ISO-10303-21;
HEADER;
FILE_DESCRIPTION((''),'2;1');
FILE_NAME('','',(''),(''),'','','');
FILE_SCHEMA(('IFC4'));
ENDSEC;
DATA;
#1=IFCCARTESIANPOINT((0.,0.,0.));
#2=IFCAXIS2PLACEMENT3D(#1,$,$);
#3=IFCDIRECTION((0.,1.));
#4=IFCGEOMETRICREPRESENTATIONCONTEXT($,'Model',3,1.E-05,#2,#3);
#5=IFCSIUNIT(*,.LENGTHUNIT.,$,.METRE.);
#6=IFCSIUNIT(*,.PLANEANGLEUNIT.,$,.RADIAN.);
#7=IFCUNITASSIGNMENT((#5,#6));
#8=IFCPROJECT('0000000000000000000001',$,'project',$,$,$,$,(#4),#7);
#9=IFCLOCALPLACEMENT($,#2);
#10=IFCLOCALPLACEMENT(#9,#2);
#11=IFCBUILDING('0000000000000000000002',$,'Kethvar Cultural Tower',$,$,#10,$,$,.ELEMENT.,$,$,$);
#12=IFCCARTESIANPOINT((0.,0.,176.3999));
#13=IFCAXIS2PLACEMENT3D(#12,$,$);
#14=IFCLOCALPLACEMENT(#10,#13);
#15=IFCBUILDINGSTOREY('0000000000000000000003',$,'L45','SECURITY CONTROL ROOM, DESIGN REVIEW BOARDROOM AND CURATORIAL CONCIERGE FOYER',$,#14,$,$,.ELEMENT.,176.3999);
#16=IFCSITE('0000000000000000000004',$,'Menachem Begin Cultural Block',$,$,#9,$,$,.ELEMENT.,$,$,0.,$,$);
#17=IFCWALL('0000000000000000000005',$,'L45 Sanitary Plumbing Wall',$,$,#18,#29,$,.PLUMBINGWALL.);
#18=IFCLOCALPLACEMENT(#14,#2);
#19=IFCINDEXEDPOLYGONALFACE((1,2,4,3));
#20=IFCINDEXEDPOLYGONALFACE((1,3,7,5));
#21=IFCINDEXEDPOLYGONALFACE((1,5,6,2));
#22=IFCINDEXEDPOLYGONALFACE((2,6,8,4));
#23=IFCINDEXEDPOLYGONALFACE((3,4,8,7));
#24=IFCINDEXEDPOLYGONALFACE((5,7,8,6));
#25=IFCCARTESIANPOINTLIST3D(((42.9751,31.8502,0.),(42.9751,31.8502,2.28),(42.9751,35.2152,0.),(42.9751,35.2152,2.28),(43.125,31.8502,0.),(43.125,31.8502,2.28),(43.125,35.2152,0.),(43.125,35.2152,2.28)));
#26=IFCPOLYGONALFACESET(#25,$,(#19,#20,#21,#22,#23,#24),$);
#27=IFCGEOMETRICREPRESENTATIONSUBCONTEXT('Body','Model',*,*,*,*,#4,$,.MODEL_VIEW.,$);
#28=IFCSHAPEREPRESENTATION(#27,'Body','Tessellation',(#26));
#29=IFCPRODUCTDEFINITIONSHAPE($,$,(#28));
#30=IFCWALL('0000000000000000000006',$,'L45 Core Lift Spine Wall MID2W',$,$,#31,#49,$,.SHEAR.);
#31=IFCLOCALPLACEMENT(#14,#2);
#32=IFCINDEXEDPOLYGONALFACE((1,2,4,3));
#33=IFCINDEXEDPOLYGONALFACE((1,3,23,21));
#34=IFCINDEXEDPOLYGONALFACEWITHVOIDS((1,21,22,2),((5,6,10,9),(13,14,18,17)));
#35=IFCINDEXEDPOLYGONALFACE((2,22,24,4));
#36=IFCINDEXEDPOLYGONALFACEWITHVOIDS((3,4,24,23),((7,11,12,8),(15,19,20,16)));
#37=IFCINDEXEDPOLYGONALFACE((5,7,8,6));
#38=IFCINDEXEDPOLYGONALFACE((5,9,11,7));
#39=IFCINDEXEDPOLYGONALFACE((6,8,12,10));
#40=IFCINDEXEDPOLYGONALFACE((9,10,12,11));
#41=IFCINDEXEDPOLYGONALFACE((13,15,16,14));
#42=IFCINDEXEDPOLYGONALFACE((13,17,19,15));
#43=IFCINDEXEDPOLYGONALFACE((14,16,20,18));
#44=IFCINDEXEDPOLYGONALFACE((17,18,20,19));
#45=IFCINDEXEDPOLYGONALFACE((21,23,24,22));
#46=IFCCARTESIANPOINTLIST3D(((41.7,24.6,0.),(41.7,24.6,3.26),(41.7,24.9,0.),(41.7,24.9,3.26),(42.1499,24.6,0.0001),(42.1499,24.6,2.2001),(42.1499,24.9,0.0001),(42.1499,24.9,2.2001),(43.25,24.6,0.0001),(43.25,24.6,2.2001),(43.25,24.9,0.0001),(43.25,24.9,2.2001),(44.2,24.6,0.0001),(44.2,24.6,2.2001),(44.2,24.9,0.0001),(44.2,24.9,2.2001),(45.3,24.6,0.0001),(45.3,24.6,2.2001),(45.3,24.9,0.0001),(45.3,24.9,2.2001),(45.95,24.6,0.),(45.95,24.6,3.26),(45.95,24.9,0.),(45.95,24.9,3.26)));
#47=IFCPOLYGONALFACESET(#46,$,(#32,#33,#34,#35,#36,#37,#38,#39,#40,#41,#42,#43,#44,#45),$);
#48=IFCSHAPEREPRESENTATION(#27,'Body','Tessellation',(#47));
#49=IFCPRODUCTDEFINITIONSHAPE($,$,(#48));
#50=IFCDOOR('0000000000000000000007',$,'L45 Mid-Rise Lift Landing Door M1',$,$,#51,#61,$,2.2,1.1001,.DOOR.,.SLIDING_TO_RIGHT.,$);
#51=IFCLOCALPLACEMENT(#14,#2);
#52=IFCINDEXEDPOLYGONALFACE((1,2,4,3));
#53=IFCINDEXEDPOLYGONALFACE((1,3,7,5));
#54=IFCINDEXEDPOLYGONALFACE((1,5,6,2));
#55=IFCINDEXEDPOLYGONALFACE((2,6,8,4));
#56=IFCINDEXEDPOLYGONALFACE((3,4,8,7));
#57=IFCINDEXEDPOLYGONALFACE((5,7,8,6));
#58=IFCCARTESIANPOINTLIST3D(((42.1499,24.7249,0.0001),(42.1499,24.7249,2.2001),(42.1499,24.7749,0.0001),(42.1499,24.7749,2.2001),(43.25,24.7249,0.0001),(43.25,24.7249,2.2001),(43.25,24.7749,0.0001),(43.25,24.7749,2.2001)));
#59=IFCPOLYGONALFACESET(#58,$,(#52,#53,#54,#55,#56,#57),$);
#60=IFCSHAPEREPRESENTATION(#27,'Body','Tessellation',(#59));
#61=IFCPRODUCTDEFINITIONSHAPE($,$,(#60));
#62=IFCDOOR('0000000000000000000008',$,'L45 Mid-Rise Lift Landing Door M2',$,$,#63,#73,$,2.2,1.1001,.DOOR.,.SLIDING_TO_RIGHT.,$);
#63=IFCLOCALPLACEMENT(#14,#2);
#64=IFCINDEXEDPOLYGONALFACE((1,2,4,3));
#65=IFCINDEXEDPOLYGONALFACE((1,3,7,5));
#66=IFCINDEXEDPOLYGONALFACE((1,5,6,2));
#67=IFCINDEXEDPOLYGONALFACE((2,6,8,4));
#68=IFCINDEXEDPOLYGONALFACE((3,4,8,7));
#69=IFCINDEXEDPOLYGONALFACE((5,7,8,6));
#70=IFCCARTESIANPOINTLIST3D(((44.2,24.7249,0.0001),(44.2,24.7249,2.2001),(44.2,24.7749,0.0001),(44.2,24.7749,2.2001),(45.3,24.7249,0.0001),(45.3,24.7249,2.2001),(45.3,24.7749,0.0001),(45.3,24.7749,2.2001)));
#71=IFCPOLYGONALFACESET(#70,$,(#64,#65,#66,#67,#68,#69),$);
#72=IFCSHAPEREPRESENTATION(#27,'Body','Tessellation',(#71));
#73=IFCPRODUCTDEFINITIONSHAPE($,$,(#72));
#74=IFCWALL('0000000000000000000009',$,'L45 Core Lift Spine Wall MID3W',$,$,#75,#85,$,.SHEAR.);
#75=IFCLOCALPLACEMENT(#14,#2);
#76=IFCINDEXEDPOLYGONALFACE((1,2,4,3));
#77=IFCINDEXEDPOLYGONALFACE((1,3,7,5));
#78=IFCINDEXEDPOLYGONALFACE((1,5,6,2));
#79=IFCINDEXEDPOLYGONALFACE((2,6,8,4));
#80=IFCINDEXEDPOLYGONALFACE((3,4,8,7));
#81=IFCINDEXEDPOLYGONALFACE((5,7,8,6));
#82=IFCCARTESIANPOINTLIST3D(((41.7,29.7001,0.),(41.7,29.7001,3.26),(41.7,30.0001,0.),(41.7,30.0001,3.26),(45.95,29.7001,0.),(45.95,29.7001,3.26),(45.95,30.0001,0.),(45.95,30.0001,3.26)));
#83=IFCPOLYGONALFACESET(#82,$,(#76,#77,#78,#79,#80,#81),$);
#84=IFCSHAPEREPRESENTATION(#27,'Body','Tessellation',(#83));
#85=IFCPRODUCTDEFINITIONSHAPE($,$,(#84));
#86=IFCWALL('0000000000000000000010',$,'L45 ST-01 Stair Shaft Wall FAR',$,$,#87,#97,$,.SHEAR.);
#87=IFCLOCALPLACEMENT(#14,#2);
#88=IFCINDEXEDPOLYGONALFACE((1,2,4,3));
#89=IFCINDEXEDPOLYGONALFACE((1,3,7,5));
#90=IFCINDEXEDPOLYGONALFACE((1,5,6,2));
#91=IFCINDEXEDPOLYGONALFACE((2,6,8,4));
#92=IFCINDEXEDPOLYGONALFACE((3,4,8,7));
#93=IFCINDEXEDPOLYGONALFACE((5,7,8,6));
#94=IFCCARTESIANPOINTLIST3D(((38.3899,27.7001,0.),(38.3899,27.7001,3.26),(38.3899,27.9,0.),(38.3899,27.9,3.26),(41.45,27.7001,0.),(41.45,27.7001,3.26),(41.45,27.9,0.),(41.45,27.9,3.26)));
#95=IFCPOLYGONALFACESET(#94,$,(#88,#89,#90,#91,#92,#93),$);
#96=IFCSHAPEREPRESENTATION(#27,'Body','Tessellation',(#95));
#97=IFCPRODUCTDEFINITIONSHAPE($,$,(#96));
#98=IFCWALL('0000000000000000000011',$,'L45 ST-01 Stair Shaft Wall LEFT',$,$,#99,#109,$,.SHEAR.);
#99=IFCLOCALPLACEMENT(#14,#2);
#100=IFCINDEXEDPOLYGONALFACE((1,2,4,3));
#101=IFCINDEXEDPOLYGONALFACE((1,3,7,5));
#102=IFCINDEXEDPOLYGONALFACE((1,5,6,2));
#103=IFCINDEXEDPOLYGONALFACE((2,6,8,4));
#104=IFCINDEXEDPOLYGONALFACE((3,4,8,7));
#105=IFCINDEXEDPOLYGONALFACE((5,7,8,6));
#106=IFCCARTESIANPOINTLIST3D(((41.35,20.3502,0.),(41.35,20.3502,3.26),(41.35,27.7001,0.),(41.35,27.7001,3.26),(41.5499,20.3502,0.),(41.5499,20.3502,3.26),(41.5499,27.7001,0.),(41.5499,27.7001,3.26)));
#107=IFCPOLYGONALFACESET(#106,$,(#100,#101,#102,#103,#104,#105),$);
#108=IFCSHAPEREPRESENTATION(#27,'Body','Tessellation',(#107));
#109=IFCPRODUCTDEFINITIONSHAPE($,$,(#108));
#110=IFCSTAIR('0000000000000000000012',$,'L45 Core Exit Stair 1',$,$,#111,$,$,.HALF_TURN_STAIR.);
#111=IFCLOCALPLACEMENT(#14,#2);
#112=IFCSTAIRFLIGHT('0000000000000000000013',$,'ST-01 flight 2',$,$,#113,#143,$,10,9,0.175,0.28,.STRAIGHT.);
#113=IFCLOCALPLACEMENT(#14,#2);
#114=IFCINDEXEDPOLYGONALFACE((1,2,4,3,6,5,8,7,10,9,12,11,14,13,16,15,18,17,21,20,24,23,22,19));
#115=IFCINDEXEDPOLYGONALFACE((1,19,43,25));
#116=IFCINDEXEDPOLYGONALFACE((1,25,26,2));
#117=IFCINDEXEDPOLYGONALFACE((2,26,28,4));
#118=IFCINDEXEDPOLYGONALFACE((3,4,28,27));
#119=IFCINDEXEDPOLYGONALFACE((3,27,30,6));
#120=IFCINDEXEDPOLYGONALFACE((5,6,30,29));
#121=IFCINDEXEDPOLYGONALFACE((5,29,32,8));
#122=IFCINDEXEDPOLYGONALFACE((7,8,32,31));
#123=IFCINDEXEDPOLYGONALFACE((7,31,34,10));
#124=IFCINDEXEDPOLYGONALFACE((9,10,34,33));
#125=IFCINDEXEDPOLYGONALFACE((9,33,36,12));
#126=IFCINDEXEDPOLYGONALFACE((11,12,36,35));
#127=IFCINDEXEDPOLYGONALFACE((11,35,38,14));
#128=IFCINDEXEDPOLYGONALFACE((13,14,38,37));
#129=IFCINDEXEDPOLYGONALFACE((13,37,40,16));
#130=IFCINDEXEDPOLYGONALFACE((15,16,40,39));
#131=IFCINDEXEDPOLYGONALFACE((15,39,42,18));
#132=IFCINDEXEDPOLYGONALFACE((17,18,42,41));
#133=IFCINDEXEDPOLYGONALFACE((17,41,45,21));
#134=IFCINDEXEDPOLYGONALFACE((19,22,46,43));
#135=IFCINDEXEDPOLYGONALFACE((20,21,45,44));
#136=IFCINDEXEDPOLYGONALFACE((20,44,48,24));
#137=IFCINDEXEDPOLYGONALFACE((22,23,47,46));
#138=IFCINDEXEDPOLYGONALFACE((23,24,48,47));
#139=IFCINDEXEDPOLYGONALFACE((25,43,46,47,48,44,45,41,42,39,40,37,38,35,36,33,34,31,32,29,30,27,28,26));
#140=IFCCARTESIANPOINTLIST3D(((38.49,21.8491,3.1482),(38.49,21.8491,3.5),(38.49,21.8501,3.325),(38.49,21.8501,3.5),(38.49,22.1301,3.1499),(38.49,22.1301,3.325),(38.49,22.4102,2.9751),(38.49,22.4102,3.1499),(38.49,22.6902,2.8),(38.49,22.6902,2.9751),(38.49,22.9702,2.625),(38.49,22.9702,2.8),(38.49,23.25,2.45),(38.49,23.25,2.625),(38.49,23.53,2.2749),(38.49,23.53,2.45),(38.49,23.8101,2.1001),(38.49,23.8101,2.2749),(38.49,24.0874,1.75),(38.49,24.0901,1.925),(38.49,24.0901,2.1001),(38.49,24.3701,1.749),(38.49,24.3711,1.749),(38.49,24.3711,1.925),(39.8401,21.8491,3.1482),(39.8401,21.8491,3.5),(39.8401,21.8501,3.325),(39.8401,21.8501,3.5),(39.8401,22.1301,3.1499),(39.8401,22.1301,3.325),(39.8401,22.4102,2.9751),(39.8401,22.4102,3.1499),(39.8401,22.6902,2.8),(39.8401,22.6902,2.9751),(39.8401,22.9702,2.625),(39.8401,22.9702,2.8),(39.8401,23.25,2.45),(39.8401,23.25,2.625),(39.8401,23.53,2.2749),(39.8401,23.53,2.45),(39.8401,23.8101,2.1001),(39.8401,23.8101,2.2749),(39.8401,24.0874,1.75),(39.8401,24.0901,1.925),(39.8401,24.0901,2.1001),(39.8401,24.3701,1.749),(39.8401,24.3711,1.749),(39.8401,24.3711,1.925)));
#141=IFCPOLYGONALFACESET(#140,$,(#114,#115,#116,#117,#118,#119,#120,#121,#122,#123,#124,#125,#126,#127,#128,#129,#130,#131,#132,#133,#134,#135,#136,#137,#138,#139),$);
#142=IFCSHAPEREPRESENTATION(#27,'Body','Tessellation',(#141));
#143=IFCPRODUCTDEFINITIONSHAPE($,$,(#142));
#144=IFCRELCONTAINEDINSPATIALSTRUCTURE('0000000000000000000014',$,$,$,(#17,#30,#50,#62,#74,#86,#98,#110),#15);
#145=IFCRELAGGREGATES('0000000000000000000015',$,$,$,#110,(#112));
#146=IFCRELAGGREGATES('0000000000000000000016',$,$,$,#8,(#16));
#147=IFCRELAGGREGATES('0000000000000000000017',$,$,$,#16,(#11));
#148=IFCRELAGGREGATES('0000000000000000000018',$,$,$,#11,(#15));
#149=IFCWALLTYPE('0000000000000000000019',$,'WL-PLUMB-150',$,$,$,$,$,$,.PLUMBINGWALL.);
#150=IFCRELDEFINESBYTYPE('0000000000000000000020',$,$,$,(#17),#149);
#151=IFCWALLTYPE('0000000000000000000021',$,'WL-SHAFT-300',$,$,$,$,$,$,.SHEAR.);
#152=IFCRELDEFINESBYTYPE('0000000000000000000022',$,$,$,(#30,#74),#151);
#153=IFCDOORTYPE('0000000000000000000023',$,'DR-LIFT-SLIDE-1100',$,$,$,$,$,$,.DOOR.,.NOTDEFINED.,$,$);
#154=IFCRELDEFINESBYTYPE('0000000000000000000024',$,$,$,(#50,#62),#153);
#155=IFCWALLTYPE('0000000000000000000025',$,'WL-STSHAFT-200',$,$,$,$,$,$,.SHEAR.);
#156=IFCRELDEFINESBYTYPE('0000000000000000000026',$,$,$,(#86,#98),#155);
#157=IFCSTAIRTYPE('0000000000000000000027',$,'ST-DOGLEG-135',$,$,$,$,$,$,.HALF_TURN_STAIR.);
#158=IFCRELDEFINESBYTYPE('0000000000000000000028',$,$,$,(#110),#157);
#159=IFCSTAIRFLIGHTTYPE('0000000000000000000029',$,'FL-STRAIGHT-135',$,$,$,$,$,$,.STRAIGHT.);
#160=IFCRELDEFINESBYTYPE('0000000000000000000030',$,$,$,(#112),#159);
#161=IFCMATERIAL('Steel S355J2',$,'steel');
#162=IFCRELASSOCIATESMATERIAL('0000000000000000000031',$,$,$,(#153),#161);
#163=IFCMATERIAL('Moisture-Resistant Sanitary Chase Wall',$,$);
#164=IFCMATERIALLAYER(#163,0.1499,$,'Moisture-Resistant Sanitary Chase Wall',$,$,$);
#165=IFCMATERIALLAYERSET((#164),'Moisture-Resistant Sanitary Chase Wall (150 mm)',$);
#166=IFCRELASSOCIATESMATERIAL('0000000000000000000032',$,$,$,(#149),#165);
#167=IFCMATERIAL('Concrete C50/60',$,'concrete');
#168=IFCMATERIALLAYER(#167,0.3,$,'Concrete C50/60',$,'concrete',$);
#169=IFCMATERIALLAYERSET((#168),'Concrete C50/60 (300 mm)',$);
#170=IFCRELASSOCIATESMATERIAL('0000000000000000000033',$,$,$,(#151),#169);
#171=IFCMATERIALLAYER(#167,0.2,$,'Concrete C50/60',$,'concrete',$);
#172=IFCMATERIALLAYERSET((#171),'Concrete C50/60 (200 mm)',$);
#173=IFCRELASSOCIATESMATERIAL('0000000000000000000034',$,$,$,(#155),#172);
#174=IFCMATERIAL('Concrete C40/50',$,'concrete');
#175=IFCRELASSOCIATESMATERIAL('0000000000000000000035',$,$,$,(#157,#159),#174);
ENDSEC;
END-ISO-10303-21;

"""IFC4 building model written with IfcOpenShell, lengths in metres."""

from ifc_helpers import new_model, si_unit, direction, frame, frame_2d, origin, place, context, subcontext, project, spatial, polyline, rectangle, outline, extrude, source, transform, mapped, material, layer, layer_set, type_object, element, fill, aggregate, save


model = new_model("IFC4")

# Units and contexts
model_context = context("Model", 3, precision=1e-05, world=origin(), true_north=direction((0.0, 1.0)))
body_context = subcontext(model_context, "Body", "Model", "MODEL_VIEW")
ifc_project = project(units=[si_unit("LENGTHUNIT", "METRE"), si_unit("PLANEANGLEUNIT", "RADIAN")], contexts=[model_context])

# Site, building, storey
site_placement = place(None, origin())
site = spatial("IfcSite", under=ifc_project, at=site_placement, Name="Menachem Begin Cultural Block", CompositionType="ELEMENT", RefElevation=0.0)
building_placement = place(site_placement, origin())
building = spatial("IfcBuilding", under=site, at=building_placement, Name="Kethvar Cultural Tower", CompositionType="ELEMENT")
storey_placement = place(building_placement, frame((0.0, 0.0, 176.3999)))
storey = spatial("IfcBuildingStorey", under=building, at=storey_placement, Name="L45", Description="SECURITY CONTROL ROOM, DESIGN REVIEW BOARDROOM AND CURATORIAL CONCIERGE FOYER", CompositionType="ELEMENT", Elevation=176.3999)

# Shared definitions
ifc_material_1 = material(Name="Steel S355J2", Category="steel")

# Shared definitions
door_type = type_object("IfcDoorType", Name="DR-LIFT-SLIDE-1100", OperationType="NOTDEFINED", PredefinedType="DOOR", material=ifc_material_1)
shared_shape_1 = source(origin(), body_context, "Body", "SweptSolid", [
    extrude(rectangle(XDim=1.1001, YDim=2.2, at=frame_2d((0.55, 1.1001))), frame((0.0, 0.0249, 0.0), z_axis=(0.0, -1.0, 0.0), x_axis=(1.0, 0.0, 0.0)), (0.0, 0.0, 1.0), 0.05),
])

# Wall
ifc_material_2 = material(Name="Concrete C40/50", Category="concrete")
ifc_material_3 = material(Name="Moisture-Resistant Sanitary Chase Wall")
ifc_layer_1 = layer(ifc_material_3, 0.1499, Name="Moisture-Resistant Sanitary Chase Wall")
ifc_layer_set_1 = layer_set([ifc_layer_1], Name="Moisture-Resistant Sanitary Chase Wall (150 mm)")
wall_type_1 = type_object("IfcWallType", Name="WL-PLUMB-150", PredefinedType="PLUMBINGWALL", material=ifc_layer_set_1)
wall_1_placement = place(storey_placement, frame((43.05, 31.8501, 0.0), z_axis=(0.0, 0.0, 1.0), x_axis=(0.0, 1.0, 0.0)))
element("IfcWall", 1, at=wall_1_placement, inside=storey, type_object=wall_type_1, Name="L45 Sanitary Plumbing Wall", PredefinedType="PLUMBINGWALL", context=body_context, shape_type="SweptSolid", body=[
    extrude(rectangle(XDim=3.365, YDim=0.1499, at=frame_2d((1.6826, 0.0))), origin(), (0.0, 0.0, 1.0), 2.28),
])

# Wall, openings, doors
ifc_material_4 = material(Name="Concrete C50/60", Category="concrete")
ifc_layer_2 = layer(ifc_material_4, 0.3, Name="Concrete C50/60", Category="concrete")
ifc_layer_set_2 = layer_set([ifc_layer_2], Name="Concrete C50/60 (300 mm)")
wall_type_2 = type_object("IfcWallType", Name="WL-SHAFT-300", PredefinedType="SHEAR", material=ifc_layer_set_2)
wall_2_placement = place(storey_placement, frame((41.7, 24.75, 0.0), z_axis=(0.0, 0.0, 1.0), x_axis=(1.0, 0.0, 0.0)))
wall_2 = element("IfcWall", 2, at=wall_2_placement, inside=storey, type_object=wall_type_2, Name="L45 Core Lift Spine Wall MID2W", PredefinedType="SHEAR", context=body_context, shape_type="SweptSolid", body=[
    extrude(rectangle(XDim=4.25, YDim=0.3, at=frame_2d((2.125, 0.0))), origin(), (0.0, 0.0, 1.0), 3.26),
])
opening_1_placement = place(wall_2_placement, frame((0.45, 0.0, 0.0)))
opening_1 = element("IfcOpeningElement", 3, at=opening_1_placement, cuts=wall_2, PredefinedType="OPENING", context=body_context, shape_type="SweptSolid", body=[
    extrude(rectangle(XDim=1.1001, YDim=2.2, at=frame_2d((0.55, 1.1001))), frame((0.0, 0.1599, 0.0), z_axis=(0.0, -1.0, 0.0), x_axis=(1.0, 0.0, 0.0)), (0.0, 0.0, 1.0), 0.3201),
])
opening_2_placement = place(wall_2_placement, frame((2.5, 0.0, 0.0)))
opening_2 = element("IfcOpeningElement", 4, at=opening_2_placement, cuts=wall_2, PredefinedType="OPENING", context=body_context, shape_type="SweptSolid", body=[
    extrude(rectangle(XDim=1.1001, YDim=2.2, at=frame_2d((0.55, 1.1001))), frame((0.0, 0.1599, 0.0), z_axis=(0.0, -1.0, 0.0), x_axis=(1.0, 0.0, 0.0)), (0.0, 0.0, 1.0), 0.3201),
])
door_1_placement = place(opening_1_placement, origin())
door_1 = element("IfcDoor", 5, at=door_1_placement, inside=storey, type_object=door_type, Name="L45 Mid-Rise Lift Landing Door M1", OperationType="SLIDING_TO_RIGHT", OverallHeight=2.2, OverallWidth=1.1001, PredefinedType="DOOR", context=body_context, shape_type="MappedRepresentation", body=[
    mapped(shared_shape_1, transform((0.0, 0.0, 0.0), scale=1.0)),
])
fill(opening_1, door_1)
door_2_placement = place(opening_2_placement, origin())
door_2 = element("IfcDoor", 6, at=door_2_placement, inside=storey, type_object=door_type, Name="L45 Mid-Rise Lift Landing Door M2", OperationType="SLIDING_TO_RIGHT", OverallHeight=2.2, OverallWidth=1.1001, PredefinedType="DOOR", context=body_context, shape_type="MappedRepresentation", body=[
    mapped(shared_shape_1, transform((0.0, 0.0, 0.0), scale=1.0)),
])
fill(opening_2, door_2)

# Walls
wall_3_placement = place(storey_placement, frame((41.7, 29.8501, 0.0), z_axis=(0.0, 0.0, 1.0), x_axis=(1.0, 0.0, 0.0)))
element("IfcWall", 7, at=wall_3_placement, inside=storey, type_object=wall_type_2, Name="L45 Core Lift Spine Wall MID3W", PredefinedType="SHEAR", context=body_context, shape_type="SweptSolid", body=[
    extrude(rectangle(XDim=4.25, YDim=0.3, at=frame_2d((2.125, 0.0))), origin(), (0.0, 0.0, 1.0), 3.26),
])
ifc_layer_3 = layer(ifc_material_4, 0.2, Name="Concrete C50/60", Category="concrete")
ifc_layer_set_3 = layer_set([ifc_layer_3], Name="Concrete C50/60 (200 mm)")
wall_type_3 = type_object("IfcWallType", Name="WL-STSHAFT-200", PredefinedType="SHEAR", material=ifc_layer_set_3)
wall_4_placement = place(storey_placement, frame((38.3899, 27.8, 0.0), z_axis=(0.0, 0.0, 1.0), x_axis=(1.0, 0.0, 0.0)))
element("IfcWall", 8, at=wall_4_placement, inside=storey, type_object=wall_type_3, Name="L45 ST-01 Stair Shaft Wall FAR", PredefinedType="SHEAR", context=body_context, shape_type="SweptSolid", body=[
    extrude(rectangle(XDim=3.0601, YDim=0.2, at=frame_2d((1.53, 0.0))), origin(), (0.0, 0.0, 1.0), 3.26),
])
wall_5_placement = place(storey_placement, frame((41.45, 27.7, 0.0), z_axis=(0.0, 0.0, 1.0), x_axis=(0.0, -1.0, 0.0)))
element("IfcWall", 9, at=wall_5_placement, inside=storey, type_object=wall_type_3, Name="L45 ST-01 Stair Shaft Wall LEFT", PredefinedType="SHEAR", context=body_context, shape_type="SweptSolid", body=[
    extrude(rectangle(XDim=7.3499, YDim=0.2, at=frame_2d((3.6748, 0.0))), origin(), (0.0, 0.0, 1.0), 3.26),
])

# Stair, stair flight
stair_type = type_object("IfcStairType", Name="ST-DOGLEG-135", PredefinedType="HALF_TURN_STAIR", material=ifc_material_2)
stair_placement = place(storey_placement, origin())
stair = element("IfcStair", 10, at=stair_placement, inside=storey, type_object=stair_type, Name="L45 Core Exit Stair 1", PredefinedType="HALF_TURN_STAIR")
stair_flight_type = type_object("IfcStairFlightType", Name="FL-STRAIGHT-135", PredefinedType="STRAIGHT", material=ifc_material_2)
stair_flight_placement = place(storey_placement, frame((39.165, 24.3701, 1.75), z_axis=(0.0, 0.0, 1.0), x_axis=(0.0, -1.0, 0.0)))
stair_flight = element("IfcStairFlight", 11, at=stair_flight_placement, type_object=stair_flight_type, Name="ST-01 flight 2", NumberOfRisers=10, NumberOfTreads=9, PredefinedType="STRAIGHT", RiserHeight=0.175, TreadLength=0.28, context=body_context, shape_type="SweptSolid", body=[
    extrude(outline(polyline([(-0.001, -0.001), (-0.001, 0.175), (0.28, 0.175), (0.28, 0.3501), (0.5601, 0.3501), (0.5601, 0.5249), (0.8401, 0.5249), (0.8401, 0.7), (1.1201, 0.7), (1.1201, 0.875), (1.3999, 0.875), (1.3999, 1.05), (1.6799, 1.05), (1.6799, 1.2251), (1.96, 1.2251), (1.96, 1.3999), (2.24, 1.3999), (2.24, 1.575), (2.52, 1.575), (2.52, 1.75), (2.521, 1.75), (2.521, 1.3982), (0.2827, 0.0), (0.0, -0.001), (-0.001, -0.001)])), frame((0.0, 0.675, 0.0), z_axis=(0.0, -1.0, 0.0), x_axis=(1.0, 0.0, 0.0)), (0.0, 0.0, 1.0), 1.3501),
])
aggregate(stair, [stair_flight])

save(model, "model.ifc")
